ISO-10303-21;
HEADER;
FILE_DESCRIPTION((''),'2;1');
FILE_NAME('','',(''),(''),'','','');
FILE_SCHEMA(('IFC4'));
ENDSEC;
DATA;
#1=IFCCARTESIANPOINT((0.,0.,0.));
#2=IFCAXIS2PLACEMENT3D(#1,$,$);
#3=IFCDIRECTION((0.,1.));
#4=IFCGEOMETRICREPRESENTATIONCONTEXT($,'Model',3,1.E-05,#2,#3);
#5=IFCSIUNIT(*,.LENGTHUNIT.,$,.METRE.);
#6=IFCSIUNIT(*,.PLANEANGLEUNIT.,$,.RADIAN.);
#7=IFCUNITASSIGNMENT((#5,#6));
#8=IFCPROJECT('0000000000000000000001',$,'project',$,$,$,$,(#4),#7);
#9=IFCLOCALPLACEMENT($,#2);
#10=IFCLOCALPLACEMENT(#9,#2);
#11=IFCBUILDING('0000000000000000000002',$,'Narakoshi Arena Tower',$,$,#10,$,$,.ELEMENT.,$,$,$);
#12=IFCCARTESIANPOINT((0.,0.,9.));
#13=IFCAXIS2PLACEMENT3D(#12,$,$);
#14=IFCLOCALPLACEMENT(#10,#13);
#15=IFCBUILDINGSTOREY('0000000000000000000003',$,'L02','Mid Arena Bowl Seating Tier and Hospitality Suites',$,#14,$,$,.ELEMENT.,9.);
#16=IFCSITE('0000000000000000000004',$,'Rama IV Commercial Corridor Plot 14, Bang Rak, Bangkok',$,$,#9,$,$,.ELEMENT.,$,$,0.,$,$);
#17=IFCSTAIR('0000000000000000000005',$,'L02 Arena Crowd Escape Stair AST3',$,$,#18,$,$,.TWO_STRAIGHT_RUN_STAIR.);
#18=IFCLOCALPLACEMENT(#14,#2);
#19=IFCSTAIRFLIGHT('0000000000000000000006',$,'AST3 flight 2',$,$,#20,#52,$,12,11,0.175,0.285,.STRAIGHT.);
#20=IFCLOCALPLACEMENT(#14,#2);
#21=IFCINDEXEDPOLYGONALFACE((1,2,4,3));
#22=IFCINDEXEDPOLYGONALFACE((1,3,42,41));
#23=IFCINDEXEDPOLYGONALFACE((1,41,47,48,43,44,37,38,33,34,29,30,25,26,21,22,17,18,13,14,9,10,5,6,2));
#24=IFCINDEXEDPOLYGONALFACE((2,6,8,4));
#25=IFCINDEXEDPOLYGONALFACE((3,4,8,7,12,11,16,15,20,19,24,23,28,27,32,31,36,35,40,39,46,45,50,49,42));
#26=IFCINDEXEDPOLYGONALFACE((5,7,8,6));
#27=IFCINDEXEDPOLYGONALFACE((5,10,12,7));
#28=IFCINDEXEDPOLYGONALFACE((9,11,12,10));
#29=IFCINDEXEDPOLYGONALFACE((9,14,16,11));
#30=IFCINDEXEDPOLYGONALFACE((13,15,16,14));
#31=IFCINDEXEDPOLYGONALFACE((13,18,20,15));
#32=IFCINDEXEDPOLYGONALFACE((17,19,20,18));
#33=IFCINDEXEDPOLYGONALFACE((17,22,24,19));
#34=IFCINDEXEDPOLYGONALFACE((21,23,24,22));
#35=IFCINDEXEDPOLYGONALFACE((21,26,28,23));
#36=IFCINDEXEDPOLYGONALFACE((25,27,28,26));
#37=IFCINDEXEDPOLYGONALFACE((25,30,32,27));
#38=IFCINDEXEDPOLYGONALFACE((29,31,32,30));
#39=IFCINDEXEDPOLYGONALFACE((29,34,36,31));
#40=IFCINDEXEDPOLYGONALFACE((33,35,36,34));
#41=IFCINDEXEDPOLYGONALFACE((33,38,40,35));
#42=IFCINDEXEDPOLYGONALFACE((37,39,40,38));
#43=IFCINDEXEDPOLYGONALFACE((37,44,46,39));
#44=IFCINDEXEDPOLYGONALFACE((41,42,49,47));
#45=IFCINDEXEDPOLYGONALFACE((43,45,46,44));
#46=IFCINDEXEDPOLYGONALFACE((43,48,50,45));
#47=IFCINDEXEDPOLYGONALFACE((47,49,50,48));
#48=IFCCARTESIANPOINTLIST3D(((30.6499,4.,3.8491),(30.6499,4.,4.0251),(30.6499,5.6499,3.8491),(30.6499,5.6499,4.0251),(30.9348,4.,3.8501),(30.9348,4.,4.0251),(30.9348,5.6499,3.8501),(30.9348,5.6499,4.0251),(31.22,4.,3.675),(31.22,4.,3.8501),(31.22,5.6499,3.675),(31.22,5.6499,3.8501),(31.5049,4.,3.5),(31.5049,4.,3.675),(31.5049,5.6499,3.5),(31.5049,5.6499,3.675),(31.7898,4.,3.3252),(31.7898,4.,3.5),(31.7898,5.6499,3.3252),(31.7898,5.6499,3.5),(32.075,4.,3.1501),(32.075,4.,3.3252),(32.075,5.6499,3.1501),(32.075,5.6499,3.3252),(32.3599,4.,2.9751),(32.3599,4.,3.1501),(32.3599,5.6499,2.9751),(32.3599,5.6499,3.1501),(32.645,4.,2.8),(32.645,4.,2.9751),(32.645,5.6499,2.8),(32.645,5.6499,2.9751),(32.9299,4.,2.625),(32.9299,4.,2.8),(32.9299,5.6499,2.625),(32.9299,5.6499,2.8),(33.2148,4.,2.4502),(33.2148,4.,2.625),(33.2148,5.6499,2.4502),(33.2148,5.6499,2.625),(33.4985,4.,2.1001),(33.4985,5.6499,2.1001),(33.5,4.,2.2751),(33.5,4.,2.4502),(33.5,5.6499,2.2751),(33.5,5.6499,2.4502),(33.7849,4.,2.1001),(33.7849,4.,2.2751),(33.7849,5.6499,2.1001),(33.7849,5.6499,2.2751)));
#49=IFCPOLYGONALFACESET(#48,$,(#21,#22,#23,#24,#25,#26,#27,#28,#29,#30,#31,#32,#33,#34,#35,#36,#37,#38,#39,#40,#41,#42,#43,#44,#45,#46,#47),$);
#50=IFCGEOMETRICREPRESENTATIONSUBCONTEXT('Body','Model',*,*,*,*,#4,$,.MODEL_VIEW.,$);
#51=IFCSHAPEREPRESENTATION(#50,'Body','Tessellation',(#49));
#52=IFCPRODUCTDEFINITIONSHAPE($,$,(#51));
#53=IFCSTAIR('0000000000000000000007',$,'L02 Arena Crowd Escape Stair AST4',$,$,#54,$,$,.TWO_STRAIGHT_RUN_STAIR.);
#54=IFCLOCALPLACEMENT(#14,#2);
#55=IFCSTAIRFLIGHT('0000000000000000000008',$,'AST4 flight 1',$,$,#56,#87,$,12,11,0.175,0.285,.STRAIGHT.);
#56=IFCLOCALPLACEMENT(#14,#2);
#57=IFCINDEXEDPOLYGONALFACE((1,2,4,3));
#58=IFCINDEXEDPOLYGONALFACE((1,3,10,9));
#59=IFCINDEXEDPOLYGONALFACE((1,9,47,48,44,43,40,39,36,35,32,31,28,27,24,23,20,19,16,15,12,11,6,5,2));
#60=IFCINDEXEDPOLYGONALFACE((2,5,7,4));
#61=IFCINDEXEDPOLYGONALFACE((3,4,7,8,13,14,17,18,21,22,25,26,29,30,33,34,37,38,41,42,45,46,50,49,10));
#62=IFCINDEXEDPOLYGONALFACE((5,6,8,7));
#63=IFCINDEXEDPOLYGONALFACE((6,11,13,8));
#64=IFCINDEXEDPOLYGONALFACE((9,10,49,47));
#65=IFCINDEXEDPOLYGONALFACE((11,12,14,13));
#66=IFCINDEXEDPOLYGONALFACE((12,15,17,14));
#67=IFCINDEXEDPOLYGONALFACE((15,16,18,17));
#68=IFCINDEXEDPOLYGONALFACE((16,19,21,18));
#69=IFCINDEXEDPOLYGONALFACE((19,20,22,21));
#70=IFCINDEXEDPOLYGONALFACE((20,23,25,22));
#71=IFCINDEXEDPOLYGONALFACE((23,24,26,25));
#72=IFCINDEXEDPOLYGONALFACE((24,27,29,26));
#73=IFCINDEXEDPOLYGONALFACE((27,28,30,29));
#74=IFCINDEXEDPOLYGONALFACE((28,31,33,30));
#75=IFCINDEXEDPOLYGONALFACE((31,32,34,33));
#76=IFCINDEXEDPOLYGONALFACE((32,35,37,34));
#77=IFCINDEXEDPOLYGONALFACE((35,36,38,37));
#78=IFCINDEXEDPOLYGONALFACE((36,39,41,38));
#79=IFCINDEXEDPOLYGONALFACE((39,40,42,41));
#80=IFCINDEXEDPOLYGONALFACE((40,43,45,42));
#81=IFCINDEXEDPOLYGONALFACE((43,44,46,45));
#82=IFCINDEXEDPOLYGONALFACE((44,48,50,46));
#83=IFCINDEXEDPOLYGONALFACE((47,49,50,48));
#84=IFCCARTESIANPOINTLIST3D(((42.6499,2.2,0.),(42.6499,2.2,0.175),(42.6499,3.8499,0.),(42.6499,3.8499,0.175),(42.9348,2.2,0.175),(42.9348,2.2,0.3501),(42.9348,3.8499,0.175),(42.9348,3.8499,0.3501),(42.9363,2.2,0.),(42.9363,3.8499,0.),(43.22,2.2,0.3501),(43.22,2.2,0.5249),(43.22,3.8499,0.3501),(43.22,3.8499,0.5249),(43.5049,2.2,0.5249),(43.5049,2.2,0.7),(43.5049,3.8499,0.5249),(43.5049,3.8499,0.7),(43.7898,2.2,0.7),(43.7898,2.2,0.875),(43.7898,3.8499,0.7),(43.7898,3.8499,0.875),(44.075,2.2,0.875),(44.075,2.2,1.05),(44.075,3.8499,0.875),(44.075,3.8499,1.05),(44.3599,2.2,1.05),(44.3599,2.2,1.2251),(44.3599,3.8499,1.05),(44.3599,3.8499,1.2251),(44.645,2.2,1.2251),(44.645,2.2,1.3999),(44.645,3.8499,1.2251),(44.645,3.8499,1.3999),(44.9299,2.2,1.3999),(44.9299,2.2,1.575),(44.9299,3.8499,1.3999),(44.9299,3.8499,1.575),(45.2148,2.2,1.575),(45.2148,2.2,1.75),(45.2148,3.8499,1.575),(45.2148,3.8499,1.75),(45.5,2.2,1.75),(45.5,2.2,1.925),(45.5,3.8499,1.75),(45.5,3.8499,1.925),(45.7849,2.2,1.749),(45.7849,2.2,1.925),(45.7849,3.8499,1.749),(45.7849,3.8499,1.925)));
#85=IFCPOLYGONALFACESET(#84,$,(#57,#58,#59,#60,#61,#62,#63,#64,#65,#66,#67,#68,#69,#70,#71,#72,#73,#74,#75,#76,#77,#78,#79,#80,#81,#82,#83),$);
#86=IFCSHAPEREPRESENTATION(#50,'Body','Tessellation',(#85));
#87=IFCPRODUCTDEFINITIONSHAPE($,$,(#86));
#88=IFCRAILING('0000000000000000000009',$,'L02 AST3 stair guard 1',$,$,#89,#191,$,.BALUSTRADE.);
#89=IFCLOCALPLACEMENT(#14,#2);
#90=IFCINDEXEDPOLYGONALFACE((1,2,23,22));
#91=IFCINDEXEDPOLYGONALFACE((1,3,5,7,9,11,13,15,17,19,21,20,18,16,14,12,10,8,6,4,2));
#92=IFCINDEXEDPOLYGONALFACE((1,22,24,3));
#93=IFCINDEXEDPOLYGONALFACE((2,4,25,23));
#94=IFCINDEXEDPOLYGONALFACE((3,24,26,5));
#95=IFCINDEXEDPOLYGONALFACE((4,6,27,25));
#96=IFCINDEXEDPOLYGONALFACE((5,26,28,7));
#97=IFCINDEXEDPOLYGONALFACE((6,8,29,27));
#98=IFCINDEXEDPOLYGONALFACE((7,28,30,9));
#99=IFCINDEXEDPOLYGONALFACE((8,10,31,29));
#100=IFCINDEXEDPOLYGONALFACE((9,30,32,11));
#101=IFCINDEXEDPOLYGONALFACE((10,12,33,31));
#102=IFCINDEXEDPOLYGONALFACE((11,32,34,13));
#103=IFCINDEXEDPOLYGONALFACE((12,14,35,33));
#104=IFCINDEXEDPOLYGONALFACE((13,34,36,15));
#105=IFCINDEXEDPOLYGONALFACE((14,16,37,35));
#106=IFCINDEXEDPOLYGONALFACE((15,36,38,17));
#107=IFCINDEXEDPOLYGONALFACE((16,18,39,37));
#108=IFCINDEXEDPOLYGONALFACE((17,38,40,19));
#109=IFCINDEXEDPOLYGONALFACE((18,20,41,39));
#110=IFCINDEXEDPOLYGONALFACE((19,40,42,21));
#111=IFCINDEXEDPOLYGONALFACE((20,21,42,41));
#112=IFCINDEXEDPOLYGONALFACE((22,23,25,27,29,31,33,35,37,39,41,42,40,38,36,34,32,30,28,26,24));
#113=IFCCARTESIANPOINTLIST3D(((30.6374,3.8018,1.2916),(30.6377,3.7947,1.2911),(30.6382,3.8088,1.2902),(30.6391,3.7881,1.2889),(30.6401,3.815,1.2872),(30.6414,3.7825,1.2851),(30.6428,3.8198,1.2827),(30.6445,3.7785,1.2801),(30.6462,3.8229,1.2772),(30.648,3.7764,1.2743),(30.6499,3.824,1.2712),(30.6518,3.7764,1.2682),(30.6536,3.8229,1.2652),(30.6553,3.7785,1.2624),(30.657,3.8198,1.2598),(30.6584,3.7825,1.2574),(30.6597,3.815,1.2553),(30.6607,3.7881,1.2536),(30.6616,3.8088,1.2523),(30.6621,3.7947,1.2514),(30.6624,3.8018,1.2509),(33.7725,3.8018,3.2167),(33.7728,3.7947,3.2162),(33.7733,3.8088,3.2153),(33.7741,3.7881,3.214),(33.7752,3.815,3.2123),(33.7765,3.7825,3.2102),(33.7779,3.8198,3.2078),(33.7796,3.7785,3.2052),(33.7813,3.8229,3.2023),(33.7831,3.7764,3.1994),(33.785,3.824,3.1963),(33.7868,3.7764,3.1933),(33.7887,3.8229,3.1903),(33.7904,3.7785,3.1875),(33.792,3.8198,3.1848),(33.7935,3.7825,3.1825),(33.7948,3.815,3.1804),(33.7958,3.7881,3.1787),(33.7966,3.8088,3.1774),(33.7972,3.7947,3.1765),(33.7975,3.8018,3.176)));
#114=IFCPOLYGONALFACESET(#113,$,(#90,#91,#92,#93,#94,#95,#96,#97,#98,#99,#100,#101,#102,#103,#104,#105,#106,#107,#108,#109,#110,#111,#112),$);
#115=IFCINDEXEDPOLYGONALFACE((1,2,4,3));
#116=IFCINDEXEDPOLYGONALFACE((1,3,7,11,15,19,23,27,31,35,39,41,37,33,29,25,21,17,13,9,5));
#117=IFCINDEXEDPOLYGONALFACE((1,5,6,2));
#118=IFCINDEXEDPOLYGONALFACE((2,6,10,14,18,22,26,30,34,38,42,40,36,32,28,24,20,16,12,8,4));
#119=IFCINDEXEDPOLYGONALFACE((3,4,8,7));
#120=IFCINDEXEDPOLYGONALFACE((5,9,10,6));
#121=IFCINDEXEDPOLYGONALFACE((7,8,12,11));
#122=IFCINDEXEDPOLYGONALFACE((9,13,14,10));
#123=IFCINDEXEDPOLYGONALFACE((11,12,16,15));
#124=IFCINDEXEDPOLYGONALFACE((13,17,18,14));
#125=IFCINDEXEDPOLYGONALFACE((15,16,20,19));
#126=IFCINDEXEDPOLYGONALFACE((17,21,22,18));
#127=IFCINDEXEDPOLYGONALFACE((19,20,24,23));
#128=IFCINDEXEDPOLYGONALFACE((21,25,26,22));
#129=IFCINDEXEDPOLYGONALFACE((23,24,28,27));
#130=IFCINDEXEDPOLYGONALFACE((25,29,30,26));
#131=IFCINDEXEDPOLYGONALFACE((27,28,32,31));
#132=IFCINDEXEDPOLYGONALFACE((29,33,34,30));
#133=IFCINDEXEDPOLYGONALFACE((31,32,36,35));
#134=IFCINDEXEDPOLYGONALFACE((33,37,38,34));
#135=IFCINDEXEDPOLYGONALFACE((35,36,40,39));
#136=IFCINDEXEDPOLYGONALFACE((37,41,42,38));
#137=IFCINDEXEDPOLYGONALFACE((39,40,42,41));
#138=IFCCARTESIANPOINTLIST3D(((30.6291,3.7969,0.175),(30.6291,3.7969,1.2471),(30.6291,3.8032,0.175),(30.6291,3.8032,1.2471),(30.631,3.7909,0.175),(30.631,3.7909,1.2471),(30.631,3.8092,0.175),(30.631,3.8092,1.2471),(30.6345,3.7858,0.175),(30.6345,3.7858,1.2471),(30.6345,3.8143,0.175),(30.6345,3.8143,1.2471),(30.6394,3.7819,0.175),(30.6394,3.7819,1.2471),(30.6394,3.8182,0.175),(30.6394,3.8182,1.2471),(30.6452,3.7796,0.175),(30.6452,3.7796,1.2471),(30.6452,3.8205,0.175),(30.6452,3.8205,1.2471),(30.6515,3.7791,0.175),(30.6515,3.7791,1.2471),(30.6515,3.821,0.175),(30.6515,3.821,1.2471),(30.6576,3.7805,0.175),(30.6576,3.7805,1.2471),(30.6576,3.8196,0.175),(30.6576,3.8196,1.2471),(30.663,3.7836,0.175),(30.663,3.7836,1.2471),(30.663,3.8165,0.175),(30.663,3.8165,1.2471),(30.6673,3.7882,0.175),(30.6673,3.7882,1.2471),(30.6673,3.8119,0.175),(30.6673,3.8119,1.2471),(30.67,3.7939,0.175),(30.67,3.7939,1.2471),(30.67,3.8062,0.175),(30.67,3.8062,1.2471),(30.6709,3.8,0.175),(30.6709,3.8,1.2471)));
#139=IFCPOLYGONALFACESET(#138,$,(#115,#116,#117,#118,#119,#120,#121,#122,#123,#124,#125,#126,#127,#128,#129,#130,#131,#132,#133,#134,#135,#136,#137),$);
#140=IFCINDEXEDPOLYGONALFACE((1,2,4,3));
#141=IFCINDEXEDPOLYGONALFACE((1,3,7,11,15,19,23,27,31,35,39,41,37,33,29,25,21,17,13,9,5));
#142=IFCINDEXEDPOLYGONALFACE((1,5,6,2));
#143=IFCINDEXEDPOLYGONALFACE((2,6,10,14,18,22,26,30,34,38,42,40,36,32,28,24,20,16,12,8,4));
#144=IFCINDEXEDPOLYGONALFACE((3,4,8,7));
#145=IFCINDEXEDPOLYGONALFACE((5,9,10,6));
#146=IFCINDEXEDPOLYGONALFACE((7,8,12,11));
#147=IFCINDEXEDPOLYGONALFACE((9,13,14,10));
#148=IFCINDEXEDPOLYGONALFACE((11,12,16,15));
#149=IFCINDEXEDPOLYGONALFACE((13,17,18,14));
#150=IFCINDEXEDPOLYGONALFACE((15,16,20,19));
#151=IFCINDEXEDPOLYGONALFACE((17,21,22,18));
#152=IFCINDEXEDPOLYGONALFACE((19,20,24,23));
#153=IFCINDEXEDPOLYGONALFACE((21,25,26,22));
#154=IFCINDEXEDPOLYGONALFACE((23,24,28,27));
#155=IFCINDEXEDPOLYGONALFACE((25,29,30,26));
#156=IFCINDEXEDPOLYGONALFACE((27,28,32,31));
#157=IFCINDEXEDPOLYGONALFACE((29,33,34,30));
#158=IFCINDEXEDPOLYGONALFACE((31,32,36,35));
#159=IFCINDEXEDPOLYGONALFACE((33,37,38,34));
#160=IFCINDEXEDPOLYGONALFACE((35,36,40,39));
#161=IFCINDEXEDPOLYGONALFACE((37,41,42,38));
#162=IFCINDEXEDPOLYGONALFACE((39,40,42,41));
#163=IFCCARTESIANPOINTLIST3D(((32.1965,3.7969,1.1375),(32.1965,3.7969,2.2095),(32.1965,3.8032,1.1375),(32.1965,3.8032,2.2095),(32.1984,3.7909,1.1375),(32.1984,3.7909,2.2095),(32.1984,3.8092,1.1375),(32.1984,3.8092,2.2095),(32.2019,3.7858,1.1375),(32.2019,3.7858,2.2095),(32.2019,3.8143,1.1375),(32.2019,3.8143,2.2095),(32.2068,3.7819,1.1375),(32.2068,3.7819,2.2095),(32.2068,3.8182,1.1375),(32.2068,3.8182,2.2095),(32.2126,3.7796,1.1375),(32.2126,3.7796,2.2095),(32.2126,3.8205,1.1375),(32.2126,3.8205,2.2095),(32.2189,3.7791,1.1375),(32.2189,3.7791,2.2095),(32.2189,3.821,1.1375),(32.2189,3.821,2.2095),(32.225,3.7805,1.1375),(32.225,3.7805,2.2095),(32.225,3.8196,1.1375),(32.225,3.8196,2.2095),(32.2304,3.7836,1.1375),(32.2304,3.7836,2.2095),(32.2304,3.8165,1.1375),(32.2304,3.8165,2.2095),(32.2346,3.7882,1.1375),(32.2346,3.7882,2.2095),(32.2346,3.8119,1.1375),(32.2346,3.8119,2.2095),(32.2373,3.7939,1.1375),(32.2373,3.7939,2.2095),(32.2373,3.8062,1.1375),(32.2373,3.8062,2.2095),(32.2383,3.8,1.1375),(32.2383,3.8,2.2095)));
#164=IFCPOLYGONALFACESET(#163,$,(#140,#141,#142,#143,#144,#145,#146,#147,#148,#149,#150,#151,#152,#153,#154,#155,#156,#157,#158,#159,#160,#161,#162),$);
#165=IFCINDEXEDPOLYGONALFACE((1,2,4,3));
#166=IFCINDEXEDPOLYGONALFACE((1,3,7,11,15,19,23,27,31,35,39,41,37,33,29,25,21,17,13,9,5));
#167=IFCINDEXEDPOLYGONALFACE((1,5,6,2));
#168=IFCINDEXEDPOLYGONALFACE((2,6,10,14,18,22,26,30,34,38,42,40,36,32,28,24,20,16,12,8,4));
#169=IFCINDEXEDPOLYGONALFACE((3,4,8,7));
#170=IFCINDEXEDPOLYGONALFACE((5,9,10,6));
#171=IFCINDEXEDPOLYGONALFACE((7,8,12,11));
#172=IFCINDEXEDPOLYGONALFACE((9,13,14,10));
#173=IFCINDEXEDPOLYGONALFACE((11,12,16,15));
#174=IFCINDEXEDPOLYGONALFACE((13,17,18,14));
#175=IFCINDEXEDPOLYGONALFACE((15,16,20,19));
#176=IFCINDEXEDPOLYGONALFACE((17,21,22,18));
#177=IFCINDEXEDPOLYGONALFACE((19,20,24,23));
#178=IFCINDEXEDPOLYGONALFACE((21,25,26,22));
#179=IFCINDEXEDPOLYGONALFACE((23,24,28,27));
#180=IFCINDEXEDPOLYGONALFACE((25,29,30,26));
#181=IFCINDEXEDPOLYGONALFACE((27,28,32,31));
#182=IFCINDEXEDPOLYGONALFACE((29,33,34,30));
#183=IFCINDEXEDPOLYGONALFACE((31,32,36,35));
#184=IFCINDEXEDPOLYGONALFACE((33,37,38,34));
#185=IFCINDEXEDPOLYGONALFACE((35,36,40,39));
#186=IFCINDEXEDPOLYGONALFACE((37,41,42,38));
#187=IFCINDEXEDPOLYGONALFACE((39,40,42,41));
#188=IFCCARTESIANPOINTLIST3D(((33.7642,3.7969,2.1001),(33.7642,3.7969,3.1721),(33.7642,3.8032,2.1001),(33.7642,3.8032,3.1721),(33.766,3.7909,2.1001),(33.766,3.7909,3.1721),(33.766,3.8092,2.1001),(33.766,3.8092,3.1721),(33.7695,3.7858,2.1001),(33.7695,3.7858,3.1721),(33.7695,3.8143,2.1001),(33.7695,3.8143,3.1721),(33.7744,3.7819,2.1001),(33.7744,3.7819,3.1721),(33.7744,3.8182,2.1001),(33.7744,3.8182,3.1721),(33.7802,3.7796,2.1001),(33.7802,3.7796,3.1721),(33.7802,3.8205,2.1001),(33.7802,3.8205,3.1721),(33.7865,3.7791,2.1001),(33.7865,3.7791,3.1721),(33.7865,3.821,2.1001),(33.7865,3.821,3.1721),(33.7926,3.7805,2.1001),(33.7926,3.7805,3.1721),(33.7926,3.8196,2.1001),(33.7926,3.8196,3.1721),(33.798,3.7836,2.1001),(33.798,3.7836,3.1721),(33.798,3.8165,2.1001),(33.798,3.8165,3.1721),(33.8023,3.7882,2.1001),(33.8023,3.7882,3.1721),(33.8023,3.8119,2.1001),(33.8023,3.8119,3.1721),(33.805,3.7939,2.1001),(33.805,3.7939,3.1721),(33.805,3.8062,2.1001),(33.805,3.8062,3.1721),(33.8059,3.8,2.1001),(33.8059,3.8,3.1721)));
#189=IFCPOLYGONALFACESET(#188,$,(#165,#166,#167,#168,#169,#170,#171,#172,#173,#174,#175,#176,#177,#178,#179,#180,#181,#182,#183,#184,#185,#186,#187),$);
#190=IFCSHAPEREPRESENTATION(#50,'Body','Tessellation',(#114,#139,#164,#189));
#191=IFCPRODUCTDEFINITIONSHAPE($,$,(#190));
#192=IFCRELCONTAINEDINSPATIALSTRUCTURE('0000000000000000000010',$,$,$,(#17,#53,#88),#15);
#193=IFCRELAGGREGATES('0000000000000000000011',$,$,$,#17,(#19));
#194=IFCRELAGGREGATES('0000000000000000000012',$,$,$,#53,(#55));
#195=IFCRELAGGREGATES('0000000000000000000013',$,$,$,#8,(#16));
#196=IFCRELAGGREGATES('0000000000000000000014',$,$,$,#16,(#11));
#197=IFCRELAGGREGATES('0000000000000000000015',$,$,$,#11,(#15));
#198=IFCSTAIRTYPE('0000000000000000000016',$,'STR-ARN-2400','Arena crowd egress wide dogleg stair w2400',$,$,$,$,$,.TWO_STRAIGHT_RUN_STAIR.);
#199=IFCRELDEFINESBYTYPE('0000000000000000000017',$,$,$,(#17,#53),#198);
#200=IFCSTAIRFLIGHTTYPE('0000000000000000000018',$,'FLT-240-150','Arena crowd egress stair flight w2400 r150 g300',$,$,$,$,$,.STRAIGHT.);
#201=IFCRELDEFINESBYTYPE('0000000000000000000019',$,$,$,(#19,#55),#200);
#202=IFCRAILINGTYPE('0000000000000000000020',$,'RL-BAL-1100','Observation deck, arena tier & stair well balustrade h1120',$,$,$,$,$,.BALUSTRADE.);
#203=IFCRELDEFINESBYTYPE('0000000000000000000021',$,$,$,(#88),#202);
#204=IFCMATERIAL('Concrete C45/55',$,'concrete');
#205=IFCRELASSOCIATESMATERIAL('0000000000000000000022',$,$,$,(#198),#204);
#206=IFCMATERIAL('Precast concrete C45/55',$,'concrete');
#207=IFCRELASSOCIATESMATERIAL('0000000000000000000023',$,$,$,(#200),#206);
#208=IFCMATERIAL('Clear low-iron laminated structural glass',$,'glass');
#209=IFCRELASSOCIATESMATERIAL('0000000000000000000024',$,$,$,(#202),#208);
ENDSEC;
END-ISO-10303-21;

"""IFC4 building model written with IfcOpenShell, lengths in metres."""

from ifc_helpers import new_model, si_unit, direction, frame, origin, origin_2d, place, context, subcontext, project, spatial, polyline, circle, outline, extrude, material, type_object, element, aggregate, save


model = new_model("IFC4")

# Units and contexts
model_context = context("Model", 3, precision=1e-05, world=origin(), true_north=direction((0.0, 1.0)))
body_context = subcontext(model_context, "Body", "Model", "MODEL_VIEW")
ifc_project = project(units=[si_unit("LENGTHUNIT", "METRE"), si_unit("PLANEANGLEUNIT", "RADIAN")], contexts=[model_context])

# Site, building, storey
site_placement = place(None, origin())
site = spatial("IfcSite", under=ifc_project, at=site_placement, Name="Rama IV Commercial Corridor Plot 14, Bang Rak, Bangkok", CompositionType="ELEMENT", RefElevation=0.0)
building_placement = place(site_placement, origin())
building = spatial("IfcBuilding", under=site, at=building_placement, Name="Narakoshi Arena Tower", CompositionType="ELEMENT")
storey_placement = place(building_placement, frame((0.0, 0.0, 9.0)))
storey = spatial("IfcBuildingStorey", under=building, at=storey_placement, Name="L02", Description="Mid Arena Bowl Seating Tier and Hospitality Suites", CompositionType="ELEMENT", Elevation=9.0)

# Stair, stair flight
ifc_material_1 = material(Name="Concrete C45/55", Category="concrete")
stair_type = type_object("IfcStairType", Name="STR-ARN-2400", Description="Arena crowd egress wide dogleg stair w2400", PredefinedType="TWO_STRAIGHT_RUN_STAIR", material=ifc_material_1)
stair_1_placement = place(storey_placement, origin())
stair_1 = element("IfcStair", 1, at=stair_1_placement, inside=storey, type_object=stair_type, Name="L02 Arena Crowd Escape Stair AST3", PredefinedType="TWO_STRAIGHT_RUN_STAIR")
ifc_material_2 = material(Name="Precast concrete C45/55", Category="concrete")
stair_flight_type = type_object("IfcStairFlightType", Name="FLT-240-150", Description="Arena crowd egress stair flight w2400 r150 g300", PredefinedType="STRAIGHT", material=ifc_material_2)
stair_flight_1_placement = place(storey_placement, frame((33.7849, 4.825, 2.1001), z_axis=(0.0, 0.0, 1.0), x_axis=(-1.0, 0.0, 0.0)))
stair_flight_1 = element("IfcStairFlight", 2, at=stair_flight_1_placement, type_object=stair_flight_type, Name="AST3 flight 2", NumberOfRisers=12, NumberOfTreads=11, PredefinedType="STRAIGHT", RiserHeight=0.175, TreadLength=0.285, context=body_context, shape_type="SweptSolid", body=[
    extrude(outline(polyline([(0.0, 0.0), (0.0, 0.175), (0.2849, 0.175), (0.2849, 0.3501), (0.5701, 0.3501), (0.5701, 0.5249), (0.855, 0.5249), (0.855, 0.7), (1.1399, 0.7), (1.1399, 0.875), (1.425, 0.875), (1.425, 1.05), (1.71, 1.05), (1.71, 1.2251), (1.9951, 1.2251), (1.9951, 1.3999), (2.28, 1.3999), (2.28, 1.575), (2.5649, 1.575), (2.5649, 1.75), (2.8501, 1.75), (2.8501, 1.925), (3.135, 1.925), (3.135, 2.1001), (3.135, 1.749), (0.2864, 0.0), (0.0, 0.0)])), frame((0.0, 0.825, 0.0), z_axis=(0.0, -1.0, 0.0), x_axis=(1.0, 0.0, 0.0)), (0.0, 0.0, 1.0), 1.6499),
])
aggregate(stair_1, [stair_flight_1])

# Stair, stair flight
stair_2_placement = place(storey_placement, origin())
stair_2 = element("IfcStair", 3, at=stair_2_placement, inside=storey, type_object=stair_type, Name="L02 Arena Crowd Escape Stair AST4", PredefinedType="TWO_STRAIGHT_RUN_STAIR")
stair_flight_2_placement = place(storey_placement, frame((42.6499, 3.0249, 0.0), z_axis=(0.0, 0.0, 1.0), x_axis=(1.0, 0.0, 0.0)))
stair_flight_2 = element("IfcStairFlight", 4, at=stair_flight_2_placement, type_object=stair_flight_type, Name="AST4 flight 1", NumberOfRisers=12, NumberOfTreads=11, PredefinedType="STRAIGHT", RiserHeight=0.175, TreadLength=0.285, context=body_context, shape_type="SweptSolid", body=[
    extrude(outline(polyline([(0.0, 0.0), (0.0, 0.175), (0.2849, 0.175), (0.2849, 0.3501), (0.5701, 0.3501), (0.5701, 0.5249), (0.855, 0.5249), (0.855, 0.7), (1.1399, 0.7), (1.1399, 0.875), (1.425, 0.875), (1.425, 1.05), (1.71, 1.05), (1.71, 1.2251), (1.9951, 1.2251), (1.9951, 1.3999), (2.28, 1.3999), (2.28, 1.575), (2.5649, 1.575), (2.5649, 1.75), (2.8501, 1.75), (2.8501, 1.925), (3.135, 1.925), (3.135, 2.1001), (3.135, 1.749), (0.2864, 0.0), (0.0, 0.0)])), frame((0.0, 0.825, 0.0), z_axis=(0.0, -1.0, 0.0), x_axis=(1.0, 0.0, 0.0)), (0.0, 0.0, 1.0), 1.6499),
])
aggregate(stair_2, [stair_flight_2])

# Railing
ifc_material_3 = material(Name="Clear low-iron laminated structural glass", Category="glass")
railing_type_1 = type_object("IfcRailingType", Name="RL-BAL-1100", Description="Observation deck, arena tier & stair well balustrade h1120", PredefinedType="BALUSTRADE", material=ifc_material_3)
railing_1_placement = place(storey_placement, frame((30.6499, 3.8, 0.175)))
element("IfcRailing", 5, at=railing_1_placement, inside=storey, type_object=railing_type_1, Name="L02 AST3 stair guard 1", PredefinedType="BALUSTRADE", context=body_context, shape_type="SweptSolid", body=[
    extrude(circle(Radius=0.0239, at=origin_2d()), frame((0.0, 0.0, 1.0962), z_axis=(0.852166, 0.0, 0.523271), x_axis=(0.0, 1.0, 0.0)), (0.0, 0.0, 1.0), 3.679),
    extrude(circle(Radius=0.021, at=origin_2d()), origin(), (0.0, 0.0, 1.0), 1.072),
    extrude(circle(Radius=0.021, at=origin_2d()), frame((1.5674, 0.0, 0.9624)), (0.0, 0.0, 1.0), 1.072),
    extrude(circle(Radius=0.021, at=origin_2d()), frame((3.135, 0.0, 1.925)), (0.0, 0.0, 1.0), 1.072),
])

save(model, "model.ifc")
